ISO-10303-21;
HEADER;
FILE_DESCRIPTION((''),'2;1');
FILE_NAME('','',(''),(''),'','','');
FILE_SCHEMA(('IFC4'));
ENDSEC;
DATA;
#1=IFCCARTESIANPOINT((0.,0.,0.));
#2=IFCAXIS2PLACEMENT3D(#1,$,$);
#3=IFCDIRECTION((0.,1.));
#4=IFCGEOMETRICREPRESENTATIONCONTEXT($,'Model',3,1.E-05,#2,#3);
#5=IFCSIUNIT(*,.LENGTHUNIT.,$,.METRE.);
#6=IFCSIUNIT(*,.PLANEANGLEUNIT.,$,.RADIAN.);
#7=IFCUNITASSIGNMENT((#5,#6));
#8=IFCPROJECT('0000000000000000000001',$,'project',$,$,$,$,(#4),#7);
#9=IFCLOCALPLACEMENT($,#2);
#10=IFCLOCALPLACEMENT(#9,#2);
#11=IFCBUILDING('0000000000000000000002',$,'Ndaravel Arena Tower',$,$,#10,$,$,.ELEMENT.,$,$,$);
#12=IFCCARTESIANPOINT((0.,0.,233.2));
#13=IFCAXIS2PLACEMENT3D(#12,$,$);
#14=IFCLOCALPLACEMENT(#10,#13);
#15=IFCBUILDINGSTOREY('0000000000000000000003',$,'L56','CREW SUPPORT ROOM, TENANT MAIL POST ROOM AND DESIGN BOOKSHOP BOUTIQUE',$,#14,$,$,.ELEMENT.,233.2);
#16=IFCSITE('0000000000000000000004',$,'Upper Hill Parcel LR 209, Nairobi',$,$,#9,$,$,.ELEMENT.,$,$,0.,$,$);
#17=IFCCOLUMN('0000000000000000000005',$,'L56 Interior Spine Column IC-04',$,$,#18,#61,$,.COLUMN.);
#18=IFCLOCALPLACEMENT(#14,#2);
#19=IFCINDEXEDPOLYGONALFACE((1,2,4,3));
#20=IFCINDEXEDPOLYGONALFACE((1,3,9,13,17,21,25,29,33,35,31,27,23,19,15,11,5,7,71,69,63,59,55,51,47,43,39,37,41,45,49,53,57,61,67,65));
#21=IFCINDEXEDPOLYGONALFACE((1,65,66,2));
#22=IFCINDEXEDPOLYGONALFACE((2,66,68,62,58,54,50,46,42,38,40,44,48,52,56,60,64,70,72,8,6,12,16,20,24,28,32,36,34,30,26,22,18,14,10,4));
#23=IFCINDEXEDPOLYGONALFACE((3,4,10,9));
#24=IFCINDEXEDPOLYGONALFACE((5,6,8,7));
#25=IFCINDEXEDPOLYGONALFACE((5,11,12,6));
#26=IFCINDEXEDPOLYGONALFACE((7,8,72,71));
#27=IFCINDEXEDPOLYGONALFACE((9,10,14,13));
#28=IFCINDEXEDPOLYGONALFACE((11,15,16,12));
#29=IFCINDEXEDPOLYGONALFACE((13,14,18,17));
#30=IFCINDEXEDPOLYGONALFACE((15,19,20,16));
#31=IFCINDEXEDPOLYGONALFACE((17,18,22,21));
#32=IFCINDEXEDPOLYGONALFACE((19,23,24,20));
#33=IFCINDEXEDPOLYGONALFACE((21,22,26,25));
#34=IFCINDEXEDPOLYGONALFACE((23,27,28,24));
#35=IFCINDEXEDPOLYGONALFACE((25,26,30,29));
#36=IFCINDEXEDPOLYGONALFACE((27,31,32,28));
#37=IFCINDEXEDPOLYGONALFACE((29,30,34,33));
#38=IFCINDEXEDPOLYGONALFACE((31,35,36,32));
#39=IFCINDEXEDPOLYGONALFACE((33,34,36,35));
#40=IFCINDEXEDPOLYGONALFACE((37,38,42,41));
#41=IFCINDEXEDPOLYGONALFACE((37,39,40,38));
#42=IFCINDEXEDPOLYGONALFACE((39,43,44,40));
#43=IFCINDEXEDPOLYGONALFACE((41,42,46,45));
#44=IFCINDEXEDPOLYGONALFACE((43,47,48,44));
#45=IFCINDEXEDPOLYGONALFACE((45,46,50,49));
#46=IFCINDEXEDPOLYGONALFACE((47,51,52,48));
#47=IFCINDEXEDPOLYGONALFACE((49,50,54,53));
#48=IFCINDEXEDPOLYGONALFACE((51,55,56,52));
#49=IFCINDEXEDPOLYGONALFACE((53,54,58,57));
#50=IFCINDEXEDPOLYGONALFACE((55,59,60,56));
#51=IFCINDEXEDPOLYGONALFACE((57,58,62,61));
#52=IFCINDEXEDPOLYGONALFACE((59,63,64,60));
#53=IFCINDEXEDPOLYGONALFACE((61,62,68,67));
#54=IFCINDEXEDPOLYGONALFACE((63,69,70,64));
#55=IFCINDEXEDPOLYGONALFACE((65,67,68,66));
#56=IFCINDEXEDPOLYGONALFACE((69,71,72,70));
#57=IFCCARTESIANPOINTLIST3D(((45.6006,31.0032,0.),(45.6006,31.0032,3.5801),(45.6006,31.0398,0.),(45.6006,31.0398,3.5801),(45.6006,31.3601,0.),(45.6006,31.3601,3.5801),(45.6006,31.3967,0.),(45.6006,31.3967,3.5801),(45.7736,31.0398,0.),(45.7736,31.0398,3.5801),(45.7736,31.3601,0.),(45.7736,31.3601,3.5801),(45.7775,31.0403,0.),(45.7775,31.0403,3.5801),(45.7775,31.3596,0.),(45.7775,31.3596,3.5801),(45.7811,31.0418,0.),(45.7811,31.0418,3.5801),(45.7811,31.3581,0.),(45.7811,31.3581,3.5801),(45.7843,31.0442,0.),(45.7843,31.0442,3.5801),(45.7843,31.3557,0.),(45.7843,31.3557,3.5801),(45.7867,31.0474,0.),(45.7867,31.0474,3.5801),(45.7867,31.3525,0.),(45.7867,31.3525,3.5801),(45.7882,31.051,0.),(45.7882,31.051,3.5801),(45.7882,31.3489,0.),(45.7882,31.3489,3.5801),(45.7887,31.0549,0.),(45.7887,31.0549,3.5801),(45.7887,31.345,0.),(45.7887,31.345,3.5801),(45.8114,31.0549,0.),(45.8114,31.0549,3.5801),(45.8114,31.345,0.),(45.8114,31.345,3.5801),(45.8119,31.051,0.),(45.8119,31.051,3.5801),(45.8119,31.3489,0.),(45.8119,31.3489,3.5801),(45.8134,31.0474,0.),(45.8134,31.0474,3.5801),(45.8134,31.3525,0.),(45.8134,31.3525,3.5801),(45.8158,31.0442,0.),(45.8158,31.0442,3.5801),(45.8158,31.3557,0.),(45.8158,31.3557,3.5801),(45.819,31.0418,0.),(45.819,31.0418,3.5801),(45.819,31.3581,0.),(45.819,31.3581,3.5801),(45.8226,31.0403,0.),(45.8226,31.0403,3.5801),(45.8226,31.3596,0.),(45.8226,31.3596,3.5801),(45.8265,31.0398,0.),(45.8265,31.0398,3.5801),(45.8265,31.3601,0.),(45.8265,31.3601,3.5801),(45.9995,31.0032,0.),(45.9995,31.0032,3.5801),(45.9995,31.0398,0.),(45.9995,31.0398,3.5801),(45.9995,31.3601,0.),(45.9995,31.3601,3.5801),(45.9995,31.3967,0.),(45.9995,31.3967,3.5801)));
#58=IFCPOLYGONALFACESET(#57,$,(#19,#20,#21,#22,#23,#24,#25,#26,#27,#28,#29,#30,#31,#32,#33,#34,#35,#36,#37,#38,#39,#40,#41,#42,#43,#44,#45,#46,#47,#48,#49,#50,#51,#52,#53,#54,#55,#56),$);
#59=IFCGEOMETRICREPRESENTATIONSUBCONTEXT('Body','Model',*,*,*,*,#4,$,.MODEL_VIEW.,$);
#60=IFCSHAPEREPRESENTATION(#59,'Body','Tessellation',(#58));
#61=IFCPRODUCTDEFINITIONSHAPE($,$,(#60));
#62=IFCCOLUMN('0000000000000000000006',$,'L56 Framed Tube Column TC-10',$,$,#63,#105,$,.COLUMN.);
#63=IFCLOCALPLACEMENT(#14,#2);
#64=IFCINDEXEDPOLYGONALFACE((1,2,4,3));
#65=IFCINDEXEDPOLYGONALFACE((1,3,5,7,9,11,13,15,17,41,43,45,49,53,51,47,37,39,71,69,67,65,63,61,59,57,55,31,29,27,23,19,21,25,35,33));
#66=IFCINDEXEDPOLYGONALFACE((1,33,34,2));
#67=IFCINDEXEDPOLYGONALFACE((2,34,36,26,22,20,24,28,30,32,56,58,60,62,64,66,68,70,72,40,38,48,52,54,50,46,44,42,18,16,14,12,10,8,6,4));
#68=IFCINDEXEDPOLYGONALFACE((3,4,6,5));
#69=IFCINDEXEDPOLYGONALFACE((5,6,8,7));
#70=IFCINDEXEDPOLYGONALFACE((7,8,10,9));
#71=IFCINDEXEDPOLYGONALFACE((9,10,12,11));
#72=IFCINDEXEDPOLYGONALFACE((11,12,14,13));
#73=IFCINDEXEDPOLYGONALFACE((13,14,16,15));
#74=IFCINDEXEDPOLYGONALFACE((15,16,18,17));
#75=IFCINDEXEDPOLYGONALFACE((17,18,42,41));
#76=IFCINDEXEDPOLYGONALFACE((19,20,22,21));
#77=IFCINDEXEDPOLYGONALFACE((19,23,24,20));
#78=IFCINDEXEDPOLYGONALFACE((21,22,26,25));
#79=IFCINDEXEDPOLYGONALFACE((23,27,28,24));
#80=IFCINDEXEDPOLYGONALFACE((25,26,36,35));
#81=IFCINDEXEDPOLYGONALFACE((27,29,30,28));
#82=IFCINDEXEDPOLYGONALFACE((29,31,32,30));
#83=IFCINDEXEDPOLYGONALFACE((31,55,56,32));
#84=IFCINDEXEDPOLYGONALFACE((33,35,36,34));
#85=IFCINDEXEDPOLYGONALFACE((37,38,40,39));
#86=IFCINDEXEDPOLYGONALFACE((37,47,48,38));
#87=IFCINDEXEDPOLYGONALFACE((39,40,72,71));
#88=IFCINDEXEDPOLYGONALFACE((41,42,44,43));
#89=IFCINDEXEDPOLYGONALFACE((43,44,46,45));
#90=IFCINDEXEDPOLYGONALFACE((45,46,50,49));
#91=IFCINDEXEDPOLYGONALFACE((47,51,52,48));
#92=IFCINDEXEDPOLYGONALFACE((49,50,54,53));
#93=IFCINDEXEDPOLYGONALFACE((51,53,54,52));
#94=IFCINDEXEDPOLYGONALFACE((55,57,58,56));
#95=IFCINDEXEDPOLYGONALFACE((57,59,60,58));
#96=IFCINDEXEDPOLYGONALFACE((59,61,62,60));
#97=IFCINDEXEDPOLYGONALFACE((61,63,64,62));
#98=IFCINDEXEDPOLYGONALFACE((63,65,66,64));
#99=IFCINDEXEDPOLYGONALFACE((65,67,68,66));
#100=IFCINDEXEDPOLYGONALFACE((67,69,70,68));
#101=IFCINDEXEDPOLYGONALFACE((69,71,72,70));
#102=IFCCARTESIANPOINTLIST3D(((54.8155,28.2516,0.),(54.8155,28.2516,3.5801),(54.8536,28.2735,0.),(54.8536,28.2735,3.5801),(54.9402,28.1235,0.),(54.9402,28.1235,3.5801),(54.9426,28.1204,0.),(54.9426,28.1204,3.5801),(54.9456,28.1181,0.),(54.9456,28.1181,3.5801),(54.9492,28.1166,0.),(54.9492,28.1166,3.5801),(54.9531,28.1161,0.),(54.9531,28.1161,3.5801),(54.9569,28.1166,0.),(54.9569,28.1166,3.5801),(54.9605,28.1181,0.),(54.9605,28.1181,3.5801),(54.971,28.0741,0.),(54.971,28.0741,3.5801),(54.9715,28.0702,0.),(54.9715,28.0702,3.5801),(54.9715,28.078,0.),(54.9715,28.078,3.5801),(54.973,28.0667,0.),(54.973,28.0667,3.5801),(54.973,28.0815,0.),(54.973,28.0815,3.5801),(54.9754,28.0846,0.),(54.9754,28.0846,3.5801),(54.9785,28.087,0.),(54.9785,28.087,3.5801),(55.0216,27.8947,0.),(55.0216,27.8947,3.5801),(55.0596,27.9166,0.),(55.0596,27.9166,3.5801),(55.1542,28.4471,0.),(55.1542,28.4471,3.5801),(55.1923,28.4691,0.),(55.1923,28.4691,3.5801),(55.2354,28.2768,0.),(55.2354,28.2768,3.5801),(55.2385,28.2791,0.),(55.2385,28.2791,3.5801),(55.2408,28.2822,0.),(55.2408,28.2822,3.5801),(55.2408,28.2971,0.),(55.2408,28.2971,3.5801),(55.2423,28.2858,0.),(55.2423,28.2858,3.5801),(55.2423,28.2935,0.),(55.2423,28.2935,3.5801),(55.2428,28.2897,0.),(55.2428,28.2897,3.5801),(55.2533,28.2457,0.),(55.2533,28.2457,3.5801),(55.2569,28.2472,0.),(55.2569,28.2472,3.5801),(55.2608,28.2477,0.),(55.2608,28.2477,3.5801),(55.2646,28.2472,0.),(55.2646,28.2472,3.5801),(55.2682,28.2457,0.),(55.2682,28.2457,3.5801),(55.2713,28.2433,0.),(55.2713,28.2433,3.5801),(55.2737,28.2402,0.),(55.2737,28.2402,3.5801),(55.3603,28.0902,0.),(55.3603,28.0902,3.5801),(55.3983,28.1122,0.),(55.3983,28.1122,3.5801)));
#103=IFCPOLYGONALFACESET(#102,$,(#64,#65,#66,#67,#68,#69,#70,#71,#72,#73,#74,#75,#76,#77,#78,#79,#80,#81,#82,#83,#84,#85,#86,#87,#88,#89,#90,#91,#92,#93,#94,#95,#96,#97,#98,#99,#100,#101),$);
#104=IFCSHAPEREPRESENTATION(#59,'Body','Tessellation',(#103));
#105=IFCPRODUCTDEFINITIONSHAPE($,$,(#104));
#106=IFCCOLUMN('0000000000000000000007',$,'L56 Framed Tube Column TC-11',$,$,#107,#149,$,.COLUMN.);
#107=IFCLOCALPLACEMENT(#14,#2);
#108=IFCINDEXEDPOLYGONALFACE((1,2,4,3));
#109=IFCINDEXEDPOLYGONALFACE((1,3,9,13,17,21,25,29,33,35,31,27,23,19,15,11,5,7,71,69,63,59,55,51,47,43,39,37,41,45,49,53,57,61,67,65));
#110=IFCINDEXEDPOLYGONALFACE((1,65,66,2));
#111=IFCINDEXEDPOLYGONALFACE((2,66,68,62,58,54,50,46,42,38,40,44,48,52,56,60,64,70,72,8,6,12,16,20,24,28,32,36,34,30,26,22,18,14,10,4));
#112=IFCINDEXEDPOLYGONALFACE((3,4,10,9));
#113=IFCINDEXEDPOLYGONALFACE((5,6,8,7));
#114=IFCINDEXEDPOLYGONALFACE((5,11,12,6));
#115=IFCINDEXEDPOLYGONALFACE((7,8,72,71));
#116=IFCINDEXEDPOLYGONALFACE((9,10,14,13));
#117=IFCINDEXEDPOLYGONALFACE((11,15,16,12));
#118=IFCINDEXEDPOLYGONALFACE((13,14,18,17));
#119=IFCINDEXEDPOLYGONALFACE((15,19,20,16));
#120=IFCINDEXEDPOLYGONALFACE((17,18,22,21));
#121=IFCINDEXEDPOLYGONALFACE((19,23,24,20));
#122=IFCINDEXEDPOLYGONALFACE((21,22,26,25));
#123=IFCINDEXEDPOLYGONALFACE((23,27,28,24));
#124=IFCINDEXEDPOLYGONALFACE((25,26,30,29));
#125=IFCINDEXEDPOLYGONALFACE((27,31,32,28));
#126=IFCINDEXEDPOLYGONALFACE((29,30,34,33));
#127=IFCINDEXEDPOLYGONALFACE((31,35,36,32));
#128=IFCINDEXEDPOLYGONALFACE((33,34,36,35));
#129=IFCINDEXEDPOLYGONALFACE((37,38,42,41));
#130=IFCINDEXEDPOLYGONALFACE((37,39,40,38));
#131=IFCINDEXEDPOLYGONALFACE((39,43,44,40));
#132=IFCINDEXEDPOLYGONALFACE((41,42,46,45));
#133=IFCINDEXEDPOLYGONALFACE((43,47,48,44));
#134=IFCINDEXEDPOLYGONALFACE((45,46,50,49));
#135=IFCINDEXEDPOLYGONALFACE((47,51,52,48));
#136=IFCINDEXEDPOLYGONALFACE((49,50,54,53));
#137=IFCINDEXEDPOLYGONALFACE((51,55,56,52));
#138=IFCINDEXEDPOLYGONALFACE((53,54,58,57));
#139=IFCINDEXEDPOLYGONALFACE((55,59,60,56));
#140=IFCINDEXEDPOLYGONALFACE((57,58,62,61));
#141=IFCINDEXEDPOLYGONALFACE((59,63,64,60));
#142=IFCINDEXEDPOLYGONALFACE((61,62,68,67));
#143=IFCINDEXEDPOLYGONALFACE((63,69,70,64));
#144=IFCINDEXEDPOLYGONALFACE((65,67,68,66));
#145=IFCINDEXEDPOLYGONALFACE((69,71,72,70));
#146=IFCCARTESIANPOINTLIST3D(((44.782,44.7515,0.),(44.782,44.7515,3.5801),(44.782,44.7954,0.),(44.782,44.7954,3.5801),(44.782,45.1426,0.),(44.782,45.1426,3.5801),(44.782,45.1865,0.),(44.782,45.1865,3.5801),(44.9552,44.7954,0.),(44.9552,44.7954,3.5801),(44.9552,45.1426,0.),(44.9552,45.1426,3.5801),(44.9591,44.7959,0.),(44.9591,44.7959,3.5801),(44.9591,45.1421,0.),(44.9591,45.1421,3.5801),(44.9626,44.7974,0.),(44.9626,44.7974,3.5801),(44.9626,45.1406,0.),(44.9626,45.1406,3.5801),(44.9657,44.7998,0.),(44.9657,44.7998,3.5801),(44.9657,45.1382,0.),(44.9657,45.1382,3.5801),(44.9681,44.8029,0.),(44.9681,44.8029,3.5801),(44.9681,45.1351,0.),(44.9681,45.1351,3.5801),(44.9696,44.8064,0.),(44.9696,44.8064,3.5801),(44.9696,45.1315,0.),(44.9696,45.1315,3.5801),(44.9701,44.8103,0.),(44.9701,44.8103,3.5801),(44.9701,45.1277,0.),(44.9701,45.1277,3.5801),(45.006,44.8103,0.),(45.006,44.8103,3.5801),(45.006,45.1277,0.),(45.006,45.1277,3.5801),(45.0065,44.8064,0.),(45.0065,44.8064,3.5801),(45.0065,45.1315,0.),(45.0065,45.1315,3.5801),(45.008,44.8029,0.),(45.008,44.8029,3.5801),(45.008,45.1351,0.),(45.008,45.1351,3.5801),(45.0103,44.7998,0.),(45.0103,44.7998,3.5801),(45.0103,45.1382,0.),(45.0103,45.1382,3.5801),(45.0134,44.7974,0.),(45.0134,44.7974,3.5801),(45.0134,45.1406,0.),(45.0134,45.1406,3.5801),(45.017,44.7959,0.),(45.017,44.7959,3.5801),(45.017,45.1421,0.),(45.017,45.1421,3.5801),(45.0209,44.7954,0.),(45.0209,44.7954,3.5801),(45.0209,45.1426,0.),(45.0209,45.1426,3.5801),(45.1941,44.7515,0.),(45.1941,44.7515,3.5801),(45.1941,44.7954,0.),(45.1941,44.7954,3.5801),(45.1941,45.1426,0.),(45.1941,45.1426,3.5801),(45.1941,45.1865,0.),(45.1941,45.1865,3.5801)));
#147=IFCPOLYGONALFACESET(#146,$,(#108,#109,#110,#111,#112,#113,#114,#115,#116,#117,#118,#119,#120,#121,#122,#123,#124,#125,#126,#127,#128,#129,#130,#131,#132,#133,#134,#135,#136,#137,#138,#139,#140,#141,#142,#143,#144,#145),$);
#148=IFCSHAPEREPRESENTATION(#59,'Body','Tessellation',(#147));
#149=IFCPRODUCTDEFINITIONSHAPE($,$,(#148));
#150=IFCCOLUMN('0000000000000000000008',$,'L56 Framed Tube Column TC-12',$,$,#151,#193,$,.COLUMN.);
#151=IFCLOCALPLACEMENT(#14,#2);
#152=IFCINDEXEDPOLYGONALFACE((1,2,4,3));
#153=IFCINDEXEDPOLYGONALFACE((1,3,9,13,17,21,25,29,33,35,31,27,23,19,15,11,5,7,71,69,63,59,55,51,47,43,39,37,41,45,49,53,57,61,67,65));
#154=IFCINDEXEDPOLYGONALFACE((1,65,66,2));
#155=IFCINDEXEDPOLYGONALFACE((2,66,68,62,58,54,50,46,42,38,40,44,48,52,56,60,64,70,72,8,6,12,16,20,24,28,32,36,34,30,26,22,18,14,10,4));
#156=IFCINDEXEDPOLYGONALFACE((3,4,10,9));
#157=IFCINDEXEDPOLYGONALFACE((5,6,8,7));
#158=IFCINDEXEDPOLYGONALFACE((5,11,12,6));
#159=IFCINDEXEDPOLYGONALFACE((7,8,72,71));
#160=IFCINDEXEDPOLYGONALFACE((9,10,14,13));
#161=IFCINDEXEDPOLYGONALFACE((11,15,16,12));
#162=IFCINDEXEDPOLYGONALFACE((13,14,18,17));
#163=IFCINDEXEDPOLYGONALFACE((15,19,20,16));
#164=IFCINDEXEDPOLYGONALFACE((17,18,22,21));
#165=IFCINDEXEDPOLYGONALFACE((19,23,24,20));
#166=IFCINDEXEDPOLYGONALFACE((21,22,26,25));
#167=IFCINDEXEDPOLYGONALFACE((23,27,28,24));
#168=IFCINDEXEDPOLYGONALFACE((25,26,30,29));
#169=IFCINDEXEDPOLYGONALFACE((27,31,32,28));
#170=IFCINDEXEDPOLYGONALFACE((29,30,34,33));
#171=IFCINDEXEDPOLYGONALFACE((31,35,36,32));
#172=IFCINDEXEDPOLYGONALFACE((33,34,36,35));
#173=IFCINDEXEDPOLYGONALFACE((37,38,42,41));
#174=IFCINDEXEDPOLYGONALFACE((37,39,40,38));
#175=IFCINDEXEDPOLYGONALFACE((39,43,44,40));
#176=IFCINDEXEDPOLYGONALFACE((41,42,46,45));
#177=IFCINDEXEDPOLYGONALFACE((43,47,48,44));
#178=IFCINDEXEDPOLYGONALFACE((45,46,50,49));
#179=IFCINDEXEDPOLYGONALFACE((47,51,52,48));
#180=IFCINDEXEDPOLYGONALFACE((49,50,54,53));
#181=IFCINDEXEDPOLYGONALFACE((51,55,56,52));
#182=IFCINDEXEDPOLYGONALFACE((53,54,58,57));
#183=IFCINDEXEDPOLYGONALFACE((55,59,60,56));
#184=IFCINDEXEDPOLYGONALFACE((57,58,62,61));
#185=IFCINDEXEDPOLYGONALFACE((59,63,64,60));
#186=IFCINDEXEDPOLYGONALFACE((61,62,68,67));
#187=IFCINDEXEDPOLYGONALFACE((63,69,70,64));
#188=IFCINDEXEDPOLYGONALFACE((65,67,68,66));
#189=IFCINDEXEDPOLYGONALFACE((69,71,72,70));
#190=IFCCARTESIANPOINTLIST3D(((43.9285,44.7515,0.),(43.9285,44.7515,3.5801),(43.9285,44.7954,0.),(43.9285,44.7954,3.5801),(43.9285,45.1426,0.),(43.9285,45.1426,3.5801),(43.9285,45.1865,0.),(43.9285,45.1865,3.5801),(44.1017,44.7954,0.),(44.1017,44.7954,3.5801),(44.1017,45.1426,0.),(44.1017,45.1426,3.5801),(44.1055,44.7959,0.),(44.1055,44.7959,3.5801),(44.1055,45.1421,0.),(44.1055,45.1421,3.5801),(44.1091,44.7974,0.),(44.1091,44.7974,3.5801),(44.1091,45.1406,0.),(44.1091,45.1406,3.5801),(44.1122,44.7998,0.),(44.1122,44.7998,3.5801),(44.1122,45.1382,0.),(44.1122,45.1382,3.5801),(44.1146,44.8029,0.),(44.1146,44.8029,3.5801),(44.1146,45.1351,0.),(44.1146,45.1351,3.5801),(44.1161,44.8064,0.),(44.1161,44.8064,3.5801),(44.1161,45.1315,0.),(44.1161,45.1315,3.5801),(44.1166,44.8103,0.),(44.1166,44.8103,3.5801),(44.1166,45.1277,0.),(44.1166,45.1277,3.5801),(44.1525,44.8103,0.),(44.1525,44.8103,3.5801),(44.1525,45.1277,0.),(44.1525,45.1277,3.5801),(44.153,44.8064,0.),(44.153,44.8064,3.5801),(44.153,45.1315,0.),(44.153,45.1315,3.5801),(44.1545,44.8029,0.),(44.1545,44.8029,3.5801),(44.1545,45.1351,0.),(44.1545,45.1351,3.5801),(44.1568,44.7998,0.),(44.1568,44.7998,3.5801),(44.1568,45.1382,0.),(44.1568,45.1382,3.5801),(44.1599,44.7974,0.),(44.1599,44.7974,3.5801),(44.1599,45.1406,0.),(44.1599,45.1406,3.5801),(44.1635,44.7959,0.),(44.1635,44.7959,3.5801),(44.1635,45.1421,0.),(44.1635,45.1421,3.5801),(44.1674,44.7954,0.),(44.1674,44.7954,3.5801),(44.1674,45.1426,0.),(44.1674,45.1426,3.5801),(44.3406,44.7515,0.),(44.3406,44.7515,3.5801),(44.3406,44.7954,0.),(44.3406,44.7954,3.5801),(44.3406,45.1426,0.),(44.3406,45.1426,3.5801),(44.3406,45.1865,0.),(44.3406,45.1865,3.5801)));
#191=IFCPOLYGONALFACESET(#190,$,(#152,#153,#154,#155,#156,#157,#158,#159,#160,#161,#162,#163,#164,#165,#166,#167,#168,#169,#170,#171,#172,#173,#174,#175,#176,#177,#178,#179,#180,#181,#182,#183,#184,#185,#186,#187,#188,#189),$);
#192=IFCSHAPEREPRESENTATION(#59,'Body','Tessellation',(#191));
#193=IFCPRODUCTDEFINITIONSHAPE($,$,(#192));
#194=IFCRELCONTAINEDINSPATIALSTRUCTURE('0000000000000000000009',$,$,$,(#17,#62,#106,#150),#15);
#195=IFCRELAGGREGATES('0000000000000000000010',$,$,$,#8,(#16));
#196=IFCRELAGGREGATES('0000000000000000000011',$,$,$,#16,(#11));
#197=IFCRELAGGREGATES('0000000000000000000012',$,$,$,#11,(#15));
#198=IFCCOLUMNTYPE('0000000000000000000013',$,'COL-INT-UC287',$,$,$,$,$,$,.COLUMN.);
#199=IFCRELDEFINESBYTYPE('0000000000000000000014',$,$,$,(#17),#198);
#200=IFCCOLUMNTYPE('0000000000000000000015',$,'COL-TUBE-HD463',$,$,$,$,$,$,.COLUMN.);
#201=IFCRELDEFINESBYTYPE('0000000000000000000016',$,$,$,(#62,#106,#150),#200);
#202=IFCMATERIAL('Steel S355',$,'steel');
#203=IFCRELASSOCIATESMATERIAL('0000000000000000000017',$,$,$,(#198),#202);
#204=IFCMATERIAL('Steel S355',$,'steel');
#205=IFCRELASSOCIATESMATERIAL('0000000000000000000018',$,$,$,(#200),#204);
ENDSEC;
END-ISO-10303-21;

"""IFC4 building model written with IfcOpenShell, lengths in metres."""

from ifc_helpers import new_model, si_unit, direction, frame, origin, origin_2d, place, context, subcontext, project, spatial, i_section, extrude, material, material_profile, profile_set, type_object, element, save


model = new_model("IFC4")

# Units and contexts
model_context = context("Model", 3, precision=1e-05, world=origin(), true_north=direction((0.0, 1.0)))
body_context = subcontext(model_context, "Body", "Model", "MODEL_VIEW")
ifc_project = project(units=[si_unit("LENGTHUNIT", "METRE"), si_unit("PLANEANGLEUNIT", "RADIAN")], contexts=[model_context])

# Site, building, storey
site_placement = place(None, origin())
site = spatial("IfcSite", under=ifc_project, at=site_placement, Name="Upper Hill Parcel LR 209, Nairobi", CompositionType="ELEMENT", RefElevation=0.0)
building_placement = place(site_placement, origin())
building = spatial("IfcBuilding", under=site, at=building_placement, Name="Ndaravel Arena Tower", CompositionType="ELEMENT")
storey_placement = place(building_placement, frame((0.0, 0.0, 233.2)))
storey = spatial("IfcBuildingStorey", under=building, at=storey_placement, Name="L56", Description="CREW SUPPORT ROOM, TENANT MAIL POST ROOM AND DESIGN BOOKSHOP BOUTIQUE", CompositionType="ELEMENT", Elevation=233.2)

# Columns
ifc_material_1 = material(Name="Steel S355", Category="steel")
ifc_material_profile_1 = material_profile(ifc_material_1, i_section(OverallWidth=0.3989, OverallDepth=0.3936, WebThickness=0.0227, FlangeThickness=0.0366, FilletRadius=0.0151, at=origin_2d()), Name="UC 356x406x287")
ifc_profile_set_1 = profile_set([ifc_material_profile_1], Name="Steel S355")
column_type_1 = type_object("IfcColumnType", Name="COL-INT-UC287", PredefinedType="COLUMN", material=ifc_profile_set_1)
column_placement = place(storey_placement, frame((45.8, 31.2, 0.0), z_axis=(0.0, 0.0, 1.0), x_axis=(1.0, 0.0, 0.0)))
element("IfcColumn", 1, at=column_placement, inside=storey, type_object=column_type_1, Name="L56 Interior Spine Column IC-04", PredefinedType="COLUMN", context=body_context, shape_type="SweptSolid", body=[
    extrude(i_section(OverallWidth=0.3989, OverallDepth=0.3936, WebThickness=0.0227, FlangeThickness=0.0366, FilletRadius=0.0151, at=origin_2d()), origin(), (0.0, 0.0, 1.0), 3.5801),
])
ifc_material_2 = material(Name="Steel S355", Category="steel")
ifc_material_profile_2 = material_profile(ifc_material_2, i_section(OverallWidth=0.4121, OverallDepth=0.4351, WebThickness=0.0359, FlangeThickness=0.0439, FilletRadius=0.0149, at=origin_2d()), Name="HD 400x463")
ifc_profile_set_2 = profile_set([ifc_material_profile_2], Name="Steel S355")
column_type_2 = type_object("IfcColumnType", Name="COL-TUBE-HD463", PredefinedType="COLUMN", material=ifc_profile_set_2)
for number, where, z_axis, x_axis, name in (
    (2, (55.1069, 28.1819, 0.0), (0.0, 0.0, 1.0), (-0.5, 0.866025, 0.0), "L56 Framed Tube Column TC-10"),
    (3, (44.988, 44.969, 0.0), (0.0, 0.0, 1.0), (1.0, 0.0, 0.0), "L56 Framed Tube Column TC-11"),
    (4, (44.1345, 44.969, 0.0), (0.0, 0.0, 1.0), (1.0, 0.0, 0.0), "L56 Framed Tube Column TC-12"),
):
    element("IfcColumn", number, at=place(storey_placement, frame(where, z_axis=z_axis, x_axis=x_axis)), inside=storey, type_object=column_type_2, Name=name, PredefinedType="COLUMN", context=body_context, shape_type="SweptSolid", body=[
        extrude(i_section(OverallWidth=0.4121, OverallDepth=0.4351, WebThickness=0.0359, FlangeThickness=0.0439, FilletRadius=0.0149, at=origin_2d()), origin(), (0.0, 0.0, 1.0), 3.5801),
    ])

save(model, "model.ifc")
